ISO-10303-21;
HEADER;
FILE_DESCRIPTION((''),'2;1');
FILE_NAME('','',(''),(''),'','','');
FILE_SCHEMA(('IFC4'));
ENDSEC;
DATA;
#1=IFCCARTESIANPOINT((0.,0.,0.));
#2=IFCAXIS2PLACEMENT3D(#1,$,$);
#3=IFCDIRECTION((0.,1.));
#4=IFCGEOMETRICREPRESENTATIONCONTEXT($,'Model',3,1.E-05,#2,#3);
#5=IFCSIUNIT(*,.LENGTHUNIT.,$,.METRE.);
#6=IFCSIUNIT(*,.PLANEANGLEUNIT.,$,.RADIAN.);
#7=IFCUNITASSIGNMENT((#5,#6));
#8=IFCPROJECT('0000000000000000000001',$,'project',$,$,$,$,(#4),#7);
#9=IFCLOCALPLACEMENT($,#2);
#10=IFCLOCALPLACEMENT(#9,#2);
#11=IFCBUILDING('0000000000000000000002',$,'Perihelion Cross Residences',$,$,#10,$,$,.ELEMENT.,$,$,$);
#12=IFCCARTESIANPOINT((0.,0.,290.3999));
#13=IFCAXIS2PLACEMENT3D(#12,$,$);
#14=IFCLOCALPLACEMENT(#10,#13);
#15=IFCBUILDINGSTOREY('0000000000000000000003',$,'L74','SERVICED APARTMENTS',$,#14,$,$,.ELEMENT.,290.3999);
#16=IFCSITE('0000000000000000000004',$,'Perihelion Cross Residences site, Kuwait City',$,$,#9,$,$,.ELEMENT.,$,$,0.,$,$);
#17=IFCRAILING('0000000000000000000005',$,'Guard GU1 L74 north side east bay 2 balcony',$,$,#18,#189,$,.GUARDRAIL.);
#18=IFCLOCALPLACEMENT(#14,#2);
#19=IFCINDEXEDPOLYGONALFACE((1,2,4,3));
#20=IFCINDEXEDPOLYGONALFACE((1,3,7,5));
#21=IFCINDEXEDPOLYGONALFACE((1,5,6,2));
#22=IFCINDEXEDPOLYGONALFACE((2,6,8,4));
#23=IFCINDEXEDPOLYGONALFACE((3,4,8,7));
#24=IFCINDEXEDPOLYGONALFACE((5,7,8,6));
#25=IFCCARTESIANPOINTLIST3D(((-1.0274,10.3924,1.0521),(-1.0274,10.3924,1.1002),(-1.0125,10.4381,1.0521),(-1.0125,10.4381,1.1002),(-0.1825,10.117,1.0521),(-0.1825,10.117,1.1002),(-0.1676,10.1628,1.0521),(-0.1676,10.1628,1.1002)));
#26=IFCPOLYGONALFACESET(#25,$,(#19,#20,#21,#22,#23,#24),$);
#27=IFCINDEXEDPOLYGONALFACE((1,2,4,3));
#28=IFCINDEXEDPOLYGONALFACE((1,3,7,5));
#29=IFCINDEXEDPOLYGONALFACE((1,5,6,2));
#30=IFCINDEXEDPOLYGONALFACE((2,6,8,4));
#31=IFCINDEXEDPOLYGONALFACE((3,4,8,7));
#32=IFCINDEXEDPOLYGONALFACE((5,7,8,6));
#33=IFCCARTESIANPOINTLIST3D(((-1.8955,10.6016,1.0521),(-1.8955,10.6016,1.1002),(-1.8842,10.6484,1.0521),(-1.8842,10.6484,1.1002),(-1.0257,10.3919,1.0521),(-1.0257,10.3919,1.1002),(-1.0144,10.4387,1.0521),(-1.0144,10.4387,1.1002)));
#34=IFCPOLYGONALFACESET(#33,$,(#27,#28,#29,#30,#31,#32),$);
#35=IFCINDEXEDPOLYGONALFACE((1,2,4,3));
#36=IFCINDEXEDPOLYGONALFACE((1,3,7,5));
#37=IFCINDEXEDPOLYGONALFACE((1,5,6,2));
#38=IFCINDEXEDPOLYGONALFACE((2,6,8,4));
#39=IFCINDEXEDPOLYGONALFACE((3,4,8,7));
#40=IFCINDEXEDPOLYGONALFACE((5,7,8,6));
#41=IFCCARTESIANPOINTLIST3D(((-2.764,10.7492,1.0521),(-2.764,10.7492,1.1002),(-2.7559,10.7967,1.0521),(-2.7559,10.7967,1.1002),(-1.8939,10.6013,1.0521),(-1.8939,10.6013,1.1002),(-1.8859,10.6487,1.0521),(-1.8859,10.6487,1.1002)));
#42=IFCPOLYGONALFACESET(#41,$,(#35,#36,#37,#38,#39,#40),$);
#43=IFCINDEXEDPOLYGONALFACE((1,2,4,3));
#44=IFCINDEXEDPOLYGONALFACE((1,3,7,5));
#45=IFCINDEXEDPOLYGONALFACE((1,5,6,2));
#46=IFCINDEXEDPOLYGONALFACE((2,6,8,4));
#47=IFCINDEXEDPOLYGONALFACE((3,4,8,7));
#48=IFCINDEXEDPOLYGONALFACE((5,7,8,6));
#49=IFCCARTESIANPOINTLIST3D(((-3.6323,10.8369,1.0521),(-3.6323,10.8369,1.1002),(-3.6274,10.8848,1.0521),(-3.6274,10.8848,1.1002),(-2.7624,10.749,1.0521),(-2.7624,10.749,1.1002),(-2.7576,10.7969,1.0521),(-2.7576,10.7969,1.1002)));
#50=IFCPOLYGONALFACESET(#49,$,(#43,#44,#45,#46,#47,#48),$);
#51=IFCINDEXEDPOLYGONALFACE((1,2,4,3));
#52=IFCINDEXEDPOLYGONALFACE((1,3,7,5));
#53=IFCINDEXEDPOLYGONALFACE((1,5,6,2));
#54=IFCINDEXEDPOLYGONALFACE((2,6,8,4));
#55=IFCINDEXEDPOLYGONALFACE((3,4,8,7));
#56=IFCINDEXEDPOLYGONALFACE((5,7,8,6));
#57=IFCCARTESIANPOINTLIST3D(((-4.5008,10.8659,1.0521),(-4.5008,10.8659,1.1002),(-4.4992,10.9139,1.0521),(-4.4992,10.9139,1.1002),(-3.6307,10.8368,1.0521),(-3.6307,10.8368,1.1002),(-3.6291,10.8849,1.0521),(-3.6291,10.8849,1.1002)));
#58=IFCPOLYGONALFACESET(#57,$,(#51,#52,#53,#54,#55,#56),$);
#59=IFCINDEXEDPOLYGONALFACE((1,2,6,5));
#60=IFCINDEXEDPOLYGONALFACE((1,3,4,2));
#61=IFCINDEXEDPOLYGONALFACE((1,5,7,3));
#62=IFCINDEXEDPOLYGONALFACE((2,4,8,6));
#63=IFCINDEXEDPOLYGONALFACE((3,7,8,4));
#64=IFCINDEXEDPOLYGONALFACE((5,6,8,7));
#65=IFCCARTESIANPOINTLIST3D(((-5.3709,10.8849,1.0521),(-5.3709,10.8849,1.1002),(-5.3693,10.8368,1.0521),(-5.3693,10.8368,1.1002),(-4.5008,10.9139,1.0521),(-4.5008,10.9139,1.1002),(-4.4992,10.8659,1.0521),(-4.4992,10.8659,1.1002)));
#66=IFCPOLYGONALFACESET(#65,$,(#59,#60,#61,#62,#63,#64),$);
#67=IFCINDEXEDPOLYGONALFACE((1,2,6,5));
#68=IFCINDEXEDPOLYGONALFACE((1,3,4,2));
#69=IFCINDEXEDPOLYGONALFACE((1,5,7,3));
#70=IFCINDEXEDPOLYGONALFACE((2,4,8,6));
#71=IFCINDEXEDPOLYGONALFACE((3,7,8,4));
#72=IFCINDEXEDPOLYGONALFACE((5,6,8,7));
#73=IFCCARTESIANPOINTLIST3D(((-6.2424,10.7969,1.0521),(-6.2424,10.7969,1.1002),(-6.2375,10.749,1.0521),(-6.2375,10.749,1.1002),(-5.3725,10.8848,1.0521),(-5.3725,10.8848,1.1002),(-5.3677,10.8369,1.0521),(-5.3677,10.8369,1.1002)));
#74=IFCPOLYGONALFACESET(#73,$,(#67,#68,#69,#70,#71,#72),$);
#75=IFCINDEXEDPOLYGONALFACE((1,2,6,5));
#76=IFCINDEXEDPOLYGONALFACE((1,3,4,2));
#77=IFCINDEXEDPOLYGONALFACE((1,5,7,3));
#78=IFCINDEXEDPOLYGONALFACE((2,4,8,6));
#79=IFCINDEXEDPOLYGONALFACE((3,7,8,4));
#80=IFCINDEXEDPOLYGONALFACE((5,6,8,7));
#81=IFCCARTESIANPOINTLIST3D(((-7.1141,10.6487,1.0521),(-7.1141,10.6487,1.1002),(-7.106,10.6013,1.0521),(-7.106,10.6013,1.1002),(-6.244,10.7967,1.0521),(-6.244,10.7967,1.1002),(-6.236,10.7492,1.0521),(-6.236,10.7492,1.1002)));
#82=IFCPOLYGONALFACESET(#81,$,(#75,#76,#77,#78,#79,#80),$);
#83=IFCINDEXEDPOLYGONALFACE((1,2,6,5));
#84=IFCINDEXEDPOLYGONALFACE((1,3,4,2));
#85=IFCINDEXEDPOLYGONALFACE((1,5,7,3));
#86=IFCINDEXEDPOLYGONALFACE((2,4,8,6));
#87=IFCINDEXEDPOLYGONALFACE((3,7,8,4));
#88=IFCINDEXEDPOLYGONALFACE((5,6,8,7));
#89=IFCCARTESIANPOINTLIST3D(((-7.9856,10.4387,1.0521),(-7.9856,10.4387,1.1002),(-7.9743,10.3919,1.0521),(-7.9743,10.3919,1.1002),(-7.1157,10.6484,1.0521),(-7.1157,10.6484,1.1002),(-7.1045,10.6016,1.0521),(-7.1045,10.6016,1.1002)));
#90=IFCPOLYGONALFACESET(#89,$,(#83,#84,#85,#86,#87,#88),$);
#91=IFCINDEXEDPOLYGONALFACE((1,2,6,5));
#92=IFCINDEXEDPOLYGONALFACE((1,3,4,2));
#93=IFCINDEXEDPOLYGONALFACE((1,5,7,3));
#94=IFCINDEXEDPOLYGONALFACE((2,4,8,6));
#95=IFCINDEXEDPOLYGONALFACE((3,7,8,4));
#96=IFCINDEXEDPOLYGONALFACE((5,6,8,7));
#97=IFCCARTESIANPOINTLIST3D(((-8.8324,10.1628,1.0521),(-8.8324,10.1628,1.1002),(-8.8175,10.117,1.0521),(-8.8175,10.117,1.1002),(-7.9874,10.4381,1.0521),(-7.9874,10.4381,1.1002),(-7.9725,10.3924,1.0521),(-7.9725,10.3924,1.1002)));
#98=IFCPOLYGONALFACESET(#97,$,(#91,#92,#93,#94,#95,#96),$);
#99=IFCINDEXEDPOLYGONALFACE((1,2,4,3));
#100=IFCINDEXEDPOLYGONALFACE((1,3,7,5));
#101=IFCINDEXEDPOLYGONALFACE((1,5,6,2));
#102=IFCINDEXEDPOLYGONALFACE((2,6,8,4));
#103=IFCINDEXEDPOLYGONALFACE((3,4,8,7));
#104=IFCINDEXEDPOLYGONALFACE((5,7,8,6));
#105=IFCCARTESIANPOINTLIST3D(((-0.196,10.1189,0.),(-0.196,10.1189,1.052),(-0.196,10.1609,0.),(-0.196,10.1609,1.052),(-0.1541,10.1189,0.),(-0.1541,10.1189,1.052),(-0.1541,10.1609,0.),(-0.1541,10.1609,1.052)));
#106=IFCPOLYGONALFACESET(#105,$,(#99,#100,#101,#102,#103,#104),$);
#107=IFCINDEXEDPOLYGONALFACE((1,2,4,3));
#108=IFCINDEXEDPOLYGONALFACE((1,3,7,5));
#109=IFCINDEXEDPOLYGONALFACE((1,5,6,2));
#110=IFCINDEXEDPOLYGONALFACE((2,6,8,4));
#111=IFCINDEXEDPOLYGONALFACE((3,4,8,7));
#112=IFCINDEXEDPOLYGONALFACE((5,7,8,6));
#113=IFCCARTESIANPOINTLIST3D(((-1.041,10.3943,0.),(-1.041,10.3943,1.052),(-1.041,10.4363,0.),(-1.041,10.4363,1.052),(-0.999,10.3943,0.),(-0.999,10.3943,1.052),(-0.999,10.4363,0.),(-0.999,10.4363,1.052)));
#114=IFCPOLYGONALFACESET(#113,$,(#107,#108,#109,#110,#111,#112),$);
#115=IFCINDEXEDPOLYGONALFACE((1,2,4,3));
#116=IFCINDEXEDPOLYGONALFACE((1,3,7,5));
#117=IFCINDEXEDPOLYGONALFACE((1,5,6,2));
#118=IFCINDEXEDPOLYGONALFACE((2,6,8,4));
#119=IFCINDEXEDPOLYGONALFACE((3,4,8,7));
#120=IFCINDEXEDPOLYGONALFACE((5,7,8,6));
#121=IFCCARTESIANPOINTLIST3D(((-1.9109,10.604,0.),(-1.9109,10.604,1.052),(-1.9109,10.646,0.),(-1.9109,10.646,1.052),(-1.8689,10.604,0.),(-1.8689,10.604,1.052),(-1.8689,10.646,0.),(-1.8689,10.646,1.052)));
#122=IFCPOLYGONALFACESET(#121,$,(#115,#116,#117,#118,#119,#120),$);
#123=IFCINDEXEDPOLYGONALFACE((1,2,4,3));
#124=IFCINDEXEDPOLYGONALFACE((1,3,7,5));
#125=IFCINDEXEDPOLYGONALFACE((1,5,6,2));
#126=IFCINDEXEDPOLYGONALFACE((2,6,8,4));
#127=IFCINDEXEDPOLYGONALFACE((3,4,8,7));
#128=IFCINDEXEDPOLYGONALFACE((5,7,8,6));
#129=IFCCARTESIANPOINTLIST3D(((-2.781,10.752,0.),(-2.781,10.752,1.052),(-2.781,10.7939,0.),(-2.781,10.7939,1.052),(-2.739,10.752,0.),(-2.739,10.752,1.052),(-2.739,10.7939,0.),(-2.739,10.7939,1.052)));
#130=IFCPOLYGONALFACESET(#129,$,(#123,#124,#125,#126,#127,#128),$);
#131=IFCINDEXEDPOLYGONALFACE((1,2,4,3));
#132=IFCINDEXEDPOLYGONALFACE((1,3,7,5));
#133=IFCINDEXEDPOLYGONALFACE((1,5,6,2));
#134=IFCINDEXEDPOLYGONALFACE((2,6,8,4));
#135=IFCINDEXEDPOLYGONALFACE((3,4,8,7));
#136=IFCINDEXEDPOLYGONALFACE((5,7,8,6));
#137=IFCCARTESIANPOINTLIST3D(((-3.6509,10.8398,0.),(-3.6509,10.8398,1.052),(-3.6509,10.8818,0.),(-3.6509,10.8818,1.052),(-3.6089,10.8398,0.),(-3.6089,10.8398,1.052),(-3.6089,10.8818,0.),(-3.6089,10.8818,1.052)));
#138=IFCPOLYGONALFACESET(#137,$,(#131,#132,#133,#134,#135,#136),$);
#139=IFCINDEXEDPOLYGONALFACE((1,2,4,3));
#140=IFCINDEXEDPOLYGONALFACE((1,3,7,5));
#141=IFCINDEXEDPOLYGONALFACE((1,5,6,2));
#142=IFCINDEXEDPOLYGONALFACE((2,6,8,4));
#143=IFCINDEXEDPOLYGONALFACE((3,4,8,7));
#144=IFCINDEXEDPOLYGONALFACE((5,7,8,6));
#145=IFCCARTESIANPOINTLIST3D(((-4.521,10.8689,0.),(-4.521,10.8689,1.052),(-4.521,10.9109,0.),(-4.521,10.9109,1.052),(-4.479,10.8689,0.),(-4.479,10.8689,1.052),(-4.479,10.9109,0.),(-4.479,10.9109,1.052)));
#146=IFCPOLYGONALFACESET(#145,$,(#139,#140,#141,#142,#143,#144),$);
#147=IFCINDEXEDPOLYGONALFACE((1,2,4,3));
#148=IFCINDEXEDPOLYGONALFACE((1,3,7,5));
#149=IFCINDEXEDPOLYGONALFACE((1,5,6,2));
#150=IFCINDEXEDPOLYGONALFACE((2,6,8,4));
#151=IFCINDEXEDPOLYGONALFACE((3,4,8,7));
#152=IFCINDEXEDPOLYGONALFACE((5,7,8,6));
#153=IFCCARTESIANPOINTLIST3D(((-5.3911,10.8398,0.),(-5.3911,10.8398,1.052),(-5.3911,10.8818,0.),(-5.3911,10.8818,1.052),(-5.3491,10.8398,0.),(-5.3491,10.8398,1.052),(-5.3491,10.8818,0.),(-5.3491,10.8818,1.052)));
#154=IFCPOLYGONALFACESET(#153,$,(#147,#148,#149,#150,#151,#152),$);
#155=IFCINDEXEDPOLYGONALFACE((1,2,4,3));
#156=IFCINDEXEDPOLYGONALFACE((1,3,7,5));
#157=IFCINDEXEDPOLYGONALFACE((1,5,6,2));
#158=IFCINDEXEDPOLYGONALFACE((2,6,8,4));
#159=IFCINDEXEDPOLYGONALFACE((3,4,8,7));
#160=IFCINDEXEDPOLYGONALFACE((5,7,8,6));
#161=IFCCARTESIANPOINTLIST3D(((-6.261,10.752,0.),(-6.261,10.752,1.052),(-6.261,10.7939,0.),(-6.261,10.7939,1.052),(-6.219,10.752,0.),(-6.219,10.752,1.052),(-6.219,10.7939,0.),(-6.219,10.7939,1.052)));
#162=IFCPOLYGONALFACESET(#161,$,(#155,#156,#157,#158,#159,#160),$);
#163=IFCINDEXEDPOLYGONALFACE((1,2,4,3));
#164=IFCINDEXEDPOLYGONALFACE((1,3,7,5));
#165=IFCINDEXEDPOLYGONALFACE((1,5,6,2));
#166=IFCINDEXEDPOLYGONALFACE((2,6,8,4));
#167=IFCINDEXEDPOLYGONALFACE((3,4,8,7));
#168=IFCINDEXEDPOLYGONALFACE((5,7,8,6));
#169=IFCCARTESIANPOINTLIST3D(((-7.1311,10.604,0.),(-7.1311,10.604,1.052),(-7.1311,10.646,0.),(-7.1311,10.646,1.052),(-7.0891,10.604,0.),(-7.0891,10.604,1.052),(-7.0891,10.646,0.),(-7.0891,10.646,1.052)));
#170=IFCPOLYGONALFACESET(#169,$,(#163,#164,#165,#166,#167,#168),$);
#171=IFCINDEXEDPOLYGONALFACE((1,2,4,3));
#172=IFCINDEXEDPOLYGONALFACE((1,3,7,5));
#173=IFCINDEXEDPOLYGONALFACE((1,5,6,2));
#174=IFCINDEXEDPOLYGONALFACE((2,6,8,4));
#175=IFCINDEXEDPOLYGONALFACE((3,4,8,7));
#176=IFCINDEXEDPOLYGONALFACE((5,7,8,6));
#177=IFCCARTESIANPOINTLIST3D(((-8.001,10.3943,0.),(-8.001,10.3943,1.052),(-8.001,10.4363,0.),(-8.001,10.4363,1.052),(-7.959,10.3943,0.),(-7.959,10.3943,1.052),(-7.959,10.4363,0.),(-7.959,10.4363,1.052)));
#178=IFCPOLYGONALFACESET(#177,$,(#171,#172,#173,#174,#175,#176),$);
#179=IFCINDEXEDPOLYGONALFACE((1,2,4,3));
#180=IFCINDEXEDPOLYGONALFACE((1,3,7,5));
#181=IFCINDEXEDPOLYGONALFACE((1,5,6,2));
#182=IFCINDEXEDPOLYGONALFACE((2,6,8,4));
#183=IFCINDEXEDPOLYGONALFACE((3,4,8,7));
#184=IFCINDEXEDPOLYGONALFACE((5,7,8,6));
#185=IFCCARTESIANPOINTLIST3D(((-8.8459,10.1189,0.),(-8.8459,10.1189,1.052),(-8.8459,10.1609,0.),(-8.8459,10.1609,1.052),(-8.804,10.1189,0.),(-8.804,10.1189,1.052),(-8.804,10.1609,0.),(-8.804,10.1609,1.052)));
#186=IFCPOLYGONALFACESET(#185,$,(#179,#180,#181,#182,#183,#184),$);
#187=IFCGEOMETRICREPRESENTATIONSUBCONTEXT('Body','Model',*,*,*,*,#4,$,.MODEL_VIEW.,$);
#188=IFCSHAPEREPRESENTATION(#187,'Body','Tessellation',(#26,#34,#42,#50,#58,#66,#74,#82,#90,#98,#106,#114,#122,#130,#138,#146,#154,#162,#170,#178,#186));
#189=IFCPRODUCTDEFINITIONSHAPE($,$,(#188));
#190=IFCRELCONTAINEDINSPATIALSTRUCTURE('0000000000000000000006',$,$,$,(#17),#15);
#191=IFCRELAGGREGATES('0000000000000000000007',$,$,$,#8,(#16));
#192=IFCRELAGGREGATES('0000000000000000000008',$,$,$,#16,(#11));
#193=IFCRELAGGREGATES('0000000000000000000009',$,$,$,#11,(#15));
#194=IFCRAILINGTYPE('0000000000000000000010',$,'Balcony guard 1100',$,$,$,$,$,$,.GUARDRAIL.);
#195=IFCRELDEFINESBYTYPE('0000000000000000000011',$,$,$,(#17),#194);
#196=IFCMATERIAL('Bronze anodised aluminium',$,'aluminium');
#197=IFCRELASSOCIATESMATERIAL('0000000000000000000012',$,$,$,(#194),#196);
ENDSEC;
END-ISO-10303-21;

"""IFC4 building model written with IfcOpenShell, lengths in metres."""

from ifc_helpers import new_model, si_unit, direction, frame, origin, origin_2d, place, context, subcontext, project, spatial, rectangle, extrude, material, type_object, element, save


model = new_model("IFC4")

# Units and contexts
model_context = context("Model", 3, precision=1e-05, world=origin(), true_north=direction((0.0, 1.0)))
body_context = subcontext(model_context, "Body", "Model", "MODEL_VIEW")
ifc_project = project(units=[si_unit("LENGTHUNIT", "METRE"), si_unit("PLANEANGLEUNIT", "RADIAN")], contexts=[model_context])

# Site, building, storey
site_placement = place(None, origin())
site = spatial("IfcSite", under=ifc_project, at=site_placement, Name="Perihelion Cross Residences site, Kuwait City", CompositionType="ELEMENT", RefElevation=0.0)
building_placement = place(site_placement, origin())
building = spatial("IfcBuilding", under=site, at=building_placement, Name="Perihelion Cross Residences", CompositionType="ELEMENT")
storey_placement = place(building_placement, frame((0.0, 0.0, 290.3999)))
storey = spatial("IfcBuildingStorey", under=building, at=storey_placement, Name="L74", Description="SERVICED APARTMENTS", CompositionType="ELEMENT", Elevation=290.3999)

# Railing
ifc_material_1 = material(Name="Bronze anodised aluminium", Category="aluminium")
railing_type = type_object("IfcRailingType", Name="Balcony guard 1100", PredefinedType="GUARDRAIL", material=ifc_material_1)
railing_1_placement = place(storey_placement, frame((-0.175, 10.1399, 0.0)))
element("IfcRailing", 1, at=railing_1_placement, inside=storey, type_object=railing_type, Name="Guard GU1 L74 north side east bay 2 balcony", PredefinedType="GUARDRAIL", context=body_context, shape_type="SweptSolid", body=[
    extrude(rectangle(XDim=0.0481, YDim=0.0481, at=origin_2d()), frame((0.0, 0.0, 1.0762), z_axis=(-0.950777, 0.309875, 0.0), x_axis=(-0.309875, -0.950777, 0.0)), (0.0, 0.0, 1.0), 0.8887),
    extrude(rectangle(XDim=0.0481, YDim=0.0481, at=origin_2d()), frame((-0.845, 0.2754, 1.0762), z_axis=(-0.972147, 0.234374, 0.0), x_axis=(-0.234374, -0.972147, 0.0)), (0.0, 0.0, 1.0), 0.8948),
    extrude(rectangle(XDim=0.0481, YDim=0.0481, at=origin_2d()), frame((-1.7148, 0.4851, 1.0762), z_axis=(-0.98585, 0.167628, 0.0), x_axis=(-0.167628, -0.98585, 0.0)), (0.0, 0.0, 1.0), 0.8826),
    extrude(rectangle(XDim=0.0481, YDim=0.0481, at=origin_2d()), frame((-2.585, 0.6331, 1.0762), z_axis=(-0.994934, 0.100527, 0.0), x_axis=(-0.100527, -0.994934, 0.0)), (0.0, 0.0, 1.0), 0.8743),
    extrude(rectangle(XDim=0.0481, YDim=0.0481, at=origin_2d()), frame((-3.4548, 0.7209, 1.0762), z_axis=(-0.999443, 0.033371, 0.0), x_axis=(-0.033371, -0.999443, 0.0)), (0.0, 0.0, 1.0), 0.8706),
    extrude(rectangle(XDim=0.0481, YDim=0.0481, at=origin_2d()), frame((-4.325, 0.75, 1.0762), z_axis=(-0.999443, -0.033371, 0.0), x_axis=(0.033371, -0.999443, 0.0)), (0.0, 0.0, 1.0), 0.8706),
    extrude(rectangle(XDim=0.0481, YDim=0.0481, at=origin_2d()), frame((-5.1951, 0.7209, 1.0762), z_axis=(-0.994934, -0.100527, 0.0), x_axis=(0.100527, -0.994934, 0.0)), (0.0, 0.0, 1.0), 0.8743),
    extrude(rectangle(XDim=0.0481, YDim=0.0481, at=origin_2d()), frame((-6.0649, 0.6331, 1.0762), z_axis=(-0.98585, -0.167628, 0.0), x_axis=(0.167628, -0.98585, 0.0)), (0.0, 0.0, 1.0), 0.8826),
    extrude(rectangle(XDim=0.0481, YDim=0.0481, at=origin_2d()), frame((-6.9351, 0.4851, 1.0762), z_axis=(-0.972147, -0.234374, 0.0), x_axis=(0.234374, -0.972147, 0.0)), (0.0, 0.0, 1.0), 0.8948),
    extrude(rectangle(XDim=0.0481, YDim=0.0481, at=origin_2d()), frame((-7.8049, 0.2754, 1.0762), z_axis=(-0.950777, -0.309875, 0.0), x_axis=(0.309875, -0.950777, 0.0)), (0.0, 0.0, 1.0), 0.8887),
    extrude(rectangle(XDim=0.042, YDim=0.042, at=origin_2d()), origin(), (0.0, 0.0, 1.0), 1.052),
    extrude(rectangle(XDim=0.042, YDim=0.042, at=origin_2d()), frame((-0.845, 0.2754, 0.0)), (0.0, 0.0, 1.0), 1.052),
    extrude(rectangle(XDim=0.042, YDim=0.042, at=origin_2d()), frame((-1.7148, 0.4851, 0.0)), (0.0, 0.0, 1.0), 1.052),
    extrude(rectangle(XDim=0.042, YDim=0.042, at=origin_2d()), frame((-2.585, 0.6331, 0.0)), (0.0, 0.0, 1.0), 1.052),
    extrude(rectangle(XDim=0.042, YDim=0.042, at=origin_2d()), frame((-3.4548, 0.7209, 0.0)), (0.0, 0.0, 1.0), 1.052),
    extrude(rectangle(XDim=0.042, YDim=0.042, at=origin_2d()), frame((-4.325, 0.75, 0.0)), (0.0, 0.0, 1.0), 1.052),
    extrude(rectangle(XDim=0.042, YDim=0.042, at=origin_2d()), frame((-5.1951, 0.7209, 0.0)), (0.0, 0.0, 1.0), 1.052),
    extrude(rectangle(XDim=0.042, YDim=0.042, at=origin_2d()), frame((-6.0649, 0.6331, 0.0)), (0.0, 0.0, 1.0), 1.052),
    extrude(rectangle(XDim=0.042, YDim=0.042, at=origin_2d()), frame((-6.9351, 0.4851, 0.0)), (0.0, 0.0, 1.0), 1.052),
    extrude(rectangle(XDim=0.042, YDim=0.042, at=origin_2d()), frame((-7.8049, 0.2754, 0.0)), (0.0, 0.0, 1.0), 1.052),
    extrude(rectangle(XDim=0.042, YDim=0.042, at=origin_2d()), frame((-8.6499, 0.0, 0.0)), (0.0, 0.0, 1.0), 1.052),
])

save(model, "model.ifc")
